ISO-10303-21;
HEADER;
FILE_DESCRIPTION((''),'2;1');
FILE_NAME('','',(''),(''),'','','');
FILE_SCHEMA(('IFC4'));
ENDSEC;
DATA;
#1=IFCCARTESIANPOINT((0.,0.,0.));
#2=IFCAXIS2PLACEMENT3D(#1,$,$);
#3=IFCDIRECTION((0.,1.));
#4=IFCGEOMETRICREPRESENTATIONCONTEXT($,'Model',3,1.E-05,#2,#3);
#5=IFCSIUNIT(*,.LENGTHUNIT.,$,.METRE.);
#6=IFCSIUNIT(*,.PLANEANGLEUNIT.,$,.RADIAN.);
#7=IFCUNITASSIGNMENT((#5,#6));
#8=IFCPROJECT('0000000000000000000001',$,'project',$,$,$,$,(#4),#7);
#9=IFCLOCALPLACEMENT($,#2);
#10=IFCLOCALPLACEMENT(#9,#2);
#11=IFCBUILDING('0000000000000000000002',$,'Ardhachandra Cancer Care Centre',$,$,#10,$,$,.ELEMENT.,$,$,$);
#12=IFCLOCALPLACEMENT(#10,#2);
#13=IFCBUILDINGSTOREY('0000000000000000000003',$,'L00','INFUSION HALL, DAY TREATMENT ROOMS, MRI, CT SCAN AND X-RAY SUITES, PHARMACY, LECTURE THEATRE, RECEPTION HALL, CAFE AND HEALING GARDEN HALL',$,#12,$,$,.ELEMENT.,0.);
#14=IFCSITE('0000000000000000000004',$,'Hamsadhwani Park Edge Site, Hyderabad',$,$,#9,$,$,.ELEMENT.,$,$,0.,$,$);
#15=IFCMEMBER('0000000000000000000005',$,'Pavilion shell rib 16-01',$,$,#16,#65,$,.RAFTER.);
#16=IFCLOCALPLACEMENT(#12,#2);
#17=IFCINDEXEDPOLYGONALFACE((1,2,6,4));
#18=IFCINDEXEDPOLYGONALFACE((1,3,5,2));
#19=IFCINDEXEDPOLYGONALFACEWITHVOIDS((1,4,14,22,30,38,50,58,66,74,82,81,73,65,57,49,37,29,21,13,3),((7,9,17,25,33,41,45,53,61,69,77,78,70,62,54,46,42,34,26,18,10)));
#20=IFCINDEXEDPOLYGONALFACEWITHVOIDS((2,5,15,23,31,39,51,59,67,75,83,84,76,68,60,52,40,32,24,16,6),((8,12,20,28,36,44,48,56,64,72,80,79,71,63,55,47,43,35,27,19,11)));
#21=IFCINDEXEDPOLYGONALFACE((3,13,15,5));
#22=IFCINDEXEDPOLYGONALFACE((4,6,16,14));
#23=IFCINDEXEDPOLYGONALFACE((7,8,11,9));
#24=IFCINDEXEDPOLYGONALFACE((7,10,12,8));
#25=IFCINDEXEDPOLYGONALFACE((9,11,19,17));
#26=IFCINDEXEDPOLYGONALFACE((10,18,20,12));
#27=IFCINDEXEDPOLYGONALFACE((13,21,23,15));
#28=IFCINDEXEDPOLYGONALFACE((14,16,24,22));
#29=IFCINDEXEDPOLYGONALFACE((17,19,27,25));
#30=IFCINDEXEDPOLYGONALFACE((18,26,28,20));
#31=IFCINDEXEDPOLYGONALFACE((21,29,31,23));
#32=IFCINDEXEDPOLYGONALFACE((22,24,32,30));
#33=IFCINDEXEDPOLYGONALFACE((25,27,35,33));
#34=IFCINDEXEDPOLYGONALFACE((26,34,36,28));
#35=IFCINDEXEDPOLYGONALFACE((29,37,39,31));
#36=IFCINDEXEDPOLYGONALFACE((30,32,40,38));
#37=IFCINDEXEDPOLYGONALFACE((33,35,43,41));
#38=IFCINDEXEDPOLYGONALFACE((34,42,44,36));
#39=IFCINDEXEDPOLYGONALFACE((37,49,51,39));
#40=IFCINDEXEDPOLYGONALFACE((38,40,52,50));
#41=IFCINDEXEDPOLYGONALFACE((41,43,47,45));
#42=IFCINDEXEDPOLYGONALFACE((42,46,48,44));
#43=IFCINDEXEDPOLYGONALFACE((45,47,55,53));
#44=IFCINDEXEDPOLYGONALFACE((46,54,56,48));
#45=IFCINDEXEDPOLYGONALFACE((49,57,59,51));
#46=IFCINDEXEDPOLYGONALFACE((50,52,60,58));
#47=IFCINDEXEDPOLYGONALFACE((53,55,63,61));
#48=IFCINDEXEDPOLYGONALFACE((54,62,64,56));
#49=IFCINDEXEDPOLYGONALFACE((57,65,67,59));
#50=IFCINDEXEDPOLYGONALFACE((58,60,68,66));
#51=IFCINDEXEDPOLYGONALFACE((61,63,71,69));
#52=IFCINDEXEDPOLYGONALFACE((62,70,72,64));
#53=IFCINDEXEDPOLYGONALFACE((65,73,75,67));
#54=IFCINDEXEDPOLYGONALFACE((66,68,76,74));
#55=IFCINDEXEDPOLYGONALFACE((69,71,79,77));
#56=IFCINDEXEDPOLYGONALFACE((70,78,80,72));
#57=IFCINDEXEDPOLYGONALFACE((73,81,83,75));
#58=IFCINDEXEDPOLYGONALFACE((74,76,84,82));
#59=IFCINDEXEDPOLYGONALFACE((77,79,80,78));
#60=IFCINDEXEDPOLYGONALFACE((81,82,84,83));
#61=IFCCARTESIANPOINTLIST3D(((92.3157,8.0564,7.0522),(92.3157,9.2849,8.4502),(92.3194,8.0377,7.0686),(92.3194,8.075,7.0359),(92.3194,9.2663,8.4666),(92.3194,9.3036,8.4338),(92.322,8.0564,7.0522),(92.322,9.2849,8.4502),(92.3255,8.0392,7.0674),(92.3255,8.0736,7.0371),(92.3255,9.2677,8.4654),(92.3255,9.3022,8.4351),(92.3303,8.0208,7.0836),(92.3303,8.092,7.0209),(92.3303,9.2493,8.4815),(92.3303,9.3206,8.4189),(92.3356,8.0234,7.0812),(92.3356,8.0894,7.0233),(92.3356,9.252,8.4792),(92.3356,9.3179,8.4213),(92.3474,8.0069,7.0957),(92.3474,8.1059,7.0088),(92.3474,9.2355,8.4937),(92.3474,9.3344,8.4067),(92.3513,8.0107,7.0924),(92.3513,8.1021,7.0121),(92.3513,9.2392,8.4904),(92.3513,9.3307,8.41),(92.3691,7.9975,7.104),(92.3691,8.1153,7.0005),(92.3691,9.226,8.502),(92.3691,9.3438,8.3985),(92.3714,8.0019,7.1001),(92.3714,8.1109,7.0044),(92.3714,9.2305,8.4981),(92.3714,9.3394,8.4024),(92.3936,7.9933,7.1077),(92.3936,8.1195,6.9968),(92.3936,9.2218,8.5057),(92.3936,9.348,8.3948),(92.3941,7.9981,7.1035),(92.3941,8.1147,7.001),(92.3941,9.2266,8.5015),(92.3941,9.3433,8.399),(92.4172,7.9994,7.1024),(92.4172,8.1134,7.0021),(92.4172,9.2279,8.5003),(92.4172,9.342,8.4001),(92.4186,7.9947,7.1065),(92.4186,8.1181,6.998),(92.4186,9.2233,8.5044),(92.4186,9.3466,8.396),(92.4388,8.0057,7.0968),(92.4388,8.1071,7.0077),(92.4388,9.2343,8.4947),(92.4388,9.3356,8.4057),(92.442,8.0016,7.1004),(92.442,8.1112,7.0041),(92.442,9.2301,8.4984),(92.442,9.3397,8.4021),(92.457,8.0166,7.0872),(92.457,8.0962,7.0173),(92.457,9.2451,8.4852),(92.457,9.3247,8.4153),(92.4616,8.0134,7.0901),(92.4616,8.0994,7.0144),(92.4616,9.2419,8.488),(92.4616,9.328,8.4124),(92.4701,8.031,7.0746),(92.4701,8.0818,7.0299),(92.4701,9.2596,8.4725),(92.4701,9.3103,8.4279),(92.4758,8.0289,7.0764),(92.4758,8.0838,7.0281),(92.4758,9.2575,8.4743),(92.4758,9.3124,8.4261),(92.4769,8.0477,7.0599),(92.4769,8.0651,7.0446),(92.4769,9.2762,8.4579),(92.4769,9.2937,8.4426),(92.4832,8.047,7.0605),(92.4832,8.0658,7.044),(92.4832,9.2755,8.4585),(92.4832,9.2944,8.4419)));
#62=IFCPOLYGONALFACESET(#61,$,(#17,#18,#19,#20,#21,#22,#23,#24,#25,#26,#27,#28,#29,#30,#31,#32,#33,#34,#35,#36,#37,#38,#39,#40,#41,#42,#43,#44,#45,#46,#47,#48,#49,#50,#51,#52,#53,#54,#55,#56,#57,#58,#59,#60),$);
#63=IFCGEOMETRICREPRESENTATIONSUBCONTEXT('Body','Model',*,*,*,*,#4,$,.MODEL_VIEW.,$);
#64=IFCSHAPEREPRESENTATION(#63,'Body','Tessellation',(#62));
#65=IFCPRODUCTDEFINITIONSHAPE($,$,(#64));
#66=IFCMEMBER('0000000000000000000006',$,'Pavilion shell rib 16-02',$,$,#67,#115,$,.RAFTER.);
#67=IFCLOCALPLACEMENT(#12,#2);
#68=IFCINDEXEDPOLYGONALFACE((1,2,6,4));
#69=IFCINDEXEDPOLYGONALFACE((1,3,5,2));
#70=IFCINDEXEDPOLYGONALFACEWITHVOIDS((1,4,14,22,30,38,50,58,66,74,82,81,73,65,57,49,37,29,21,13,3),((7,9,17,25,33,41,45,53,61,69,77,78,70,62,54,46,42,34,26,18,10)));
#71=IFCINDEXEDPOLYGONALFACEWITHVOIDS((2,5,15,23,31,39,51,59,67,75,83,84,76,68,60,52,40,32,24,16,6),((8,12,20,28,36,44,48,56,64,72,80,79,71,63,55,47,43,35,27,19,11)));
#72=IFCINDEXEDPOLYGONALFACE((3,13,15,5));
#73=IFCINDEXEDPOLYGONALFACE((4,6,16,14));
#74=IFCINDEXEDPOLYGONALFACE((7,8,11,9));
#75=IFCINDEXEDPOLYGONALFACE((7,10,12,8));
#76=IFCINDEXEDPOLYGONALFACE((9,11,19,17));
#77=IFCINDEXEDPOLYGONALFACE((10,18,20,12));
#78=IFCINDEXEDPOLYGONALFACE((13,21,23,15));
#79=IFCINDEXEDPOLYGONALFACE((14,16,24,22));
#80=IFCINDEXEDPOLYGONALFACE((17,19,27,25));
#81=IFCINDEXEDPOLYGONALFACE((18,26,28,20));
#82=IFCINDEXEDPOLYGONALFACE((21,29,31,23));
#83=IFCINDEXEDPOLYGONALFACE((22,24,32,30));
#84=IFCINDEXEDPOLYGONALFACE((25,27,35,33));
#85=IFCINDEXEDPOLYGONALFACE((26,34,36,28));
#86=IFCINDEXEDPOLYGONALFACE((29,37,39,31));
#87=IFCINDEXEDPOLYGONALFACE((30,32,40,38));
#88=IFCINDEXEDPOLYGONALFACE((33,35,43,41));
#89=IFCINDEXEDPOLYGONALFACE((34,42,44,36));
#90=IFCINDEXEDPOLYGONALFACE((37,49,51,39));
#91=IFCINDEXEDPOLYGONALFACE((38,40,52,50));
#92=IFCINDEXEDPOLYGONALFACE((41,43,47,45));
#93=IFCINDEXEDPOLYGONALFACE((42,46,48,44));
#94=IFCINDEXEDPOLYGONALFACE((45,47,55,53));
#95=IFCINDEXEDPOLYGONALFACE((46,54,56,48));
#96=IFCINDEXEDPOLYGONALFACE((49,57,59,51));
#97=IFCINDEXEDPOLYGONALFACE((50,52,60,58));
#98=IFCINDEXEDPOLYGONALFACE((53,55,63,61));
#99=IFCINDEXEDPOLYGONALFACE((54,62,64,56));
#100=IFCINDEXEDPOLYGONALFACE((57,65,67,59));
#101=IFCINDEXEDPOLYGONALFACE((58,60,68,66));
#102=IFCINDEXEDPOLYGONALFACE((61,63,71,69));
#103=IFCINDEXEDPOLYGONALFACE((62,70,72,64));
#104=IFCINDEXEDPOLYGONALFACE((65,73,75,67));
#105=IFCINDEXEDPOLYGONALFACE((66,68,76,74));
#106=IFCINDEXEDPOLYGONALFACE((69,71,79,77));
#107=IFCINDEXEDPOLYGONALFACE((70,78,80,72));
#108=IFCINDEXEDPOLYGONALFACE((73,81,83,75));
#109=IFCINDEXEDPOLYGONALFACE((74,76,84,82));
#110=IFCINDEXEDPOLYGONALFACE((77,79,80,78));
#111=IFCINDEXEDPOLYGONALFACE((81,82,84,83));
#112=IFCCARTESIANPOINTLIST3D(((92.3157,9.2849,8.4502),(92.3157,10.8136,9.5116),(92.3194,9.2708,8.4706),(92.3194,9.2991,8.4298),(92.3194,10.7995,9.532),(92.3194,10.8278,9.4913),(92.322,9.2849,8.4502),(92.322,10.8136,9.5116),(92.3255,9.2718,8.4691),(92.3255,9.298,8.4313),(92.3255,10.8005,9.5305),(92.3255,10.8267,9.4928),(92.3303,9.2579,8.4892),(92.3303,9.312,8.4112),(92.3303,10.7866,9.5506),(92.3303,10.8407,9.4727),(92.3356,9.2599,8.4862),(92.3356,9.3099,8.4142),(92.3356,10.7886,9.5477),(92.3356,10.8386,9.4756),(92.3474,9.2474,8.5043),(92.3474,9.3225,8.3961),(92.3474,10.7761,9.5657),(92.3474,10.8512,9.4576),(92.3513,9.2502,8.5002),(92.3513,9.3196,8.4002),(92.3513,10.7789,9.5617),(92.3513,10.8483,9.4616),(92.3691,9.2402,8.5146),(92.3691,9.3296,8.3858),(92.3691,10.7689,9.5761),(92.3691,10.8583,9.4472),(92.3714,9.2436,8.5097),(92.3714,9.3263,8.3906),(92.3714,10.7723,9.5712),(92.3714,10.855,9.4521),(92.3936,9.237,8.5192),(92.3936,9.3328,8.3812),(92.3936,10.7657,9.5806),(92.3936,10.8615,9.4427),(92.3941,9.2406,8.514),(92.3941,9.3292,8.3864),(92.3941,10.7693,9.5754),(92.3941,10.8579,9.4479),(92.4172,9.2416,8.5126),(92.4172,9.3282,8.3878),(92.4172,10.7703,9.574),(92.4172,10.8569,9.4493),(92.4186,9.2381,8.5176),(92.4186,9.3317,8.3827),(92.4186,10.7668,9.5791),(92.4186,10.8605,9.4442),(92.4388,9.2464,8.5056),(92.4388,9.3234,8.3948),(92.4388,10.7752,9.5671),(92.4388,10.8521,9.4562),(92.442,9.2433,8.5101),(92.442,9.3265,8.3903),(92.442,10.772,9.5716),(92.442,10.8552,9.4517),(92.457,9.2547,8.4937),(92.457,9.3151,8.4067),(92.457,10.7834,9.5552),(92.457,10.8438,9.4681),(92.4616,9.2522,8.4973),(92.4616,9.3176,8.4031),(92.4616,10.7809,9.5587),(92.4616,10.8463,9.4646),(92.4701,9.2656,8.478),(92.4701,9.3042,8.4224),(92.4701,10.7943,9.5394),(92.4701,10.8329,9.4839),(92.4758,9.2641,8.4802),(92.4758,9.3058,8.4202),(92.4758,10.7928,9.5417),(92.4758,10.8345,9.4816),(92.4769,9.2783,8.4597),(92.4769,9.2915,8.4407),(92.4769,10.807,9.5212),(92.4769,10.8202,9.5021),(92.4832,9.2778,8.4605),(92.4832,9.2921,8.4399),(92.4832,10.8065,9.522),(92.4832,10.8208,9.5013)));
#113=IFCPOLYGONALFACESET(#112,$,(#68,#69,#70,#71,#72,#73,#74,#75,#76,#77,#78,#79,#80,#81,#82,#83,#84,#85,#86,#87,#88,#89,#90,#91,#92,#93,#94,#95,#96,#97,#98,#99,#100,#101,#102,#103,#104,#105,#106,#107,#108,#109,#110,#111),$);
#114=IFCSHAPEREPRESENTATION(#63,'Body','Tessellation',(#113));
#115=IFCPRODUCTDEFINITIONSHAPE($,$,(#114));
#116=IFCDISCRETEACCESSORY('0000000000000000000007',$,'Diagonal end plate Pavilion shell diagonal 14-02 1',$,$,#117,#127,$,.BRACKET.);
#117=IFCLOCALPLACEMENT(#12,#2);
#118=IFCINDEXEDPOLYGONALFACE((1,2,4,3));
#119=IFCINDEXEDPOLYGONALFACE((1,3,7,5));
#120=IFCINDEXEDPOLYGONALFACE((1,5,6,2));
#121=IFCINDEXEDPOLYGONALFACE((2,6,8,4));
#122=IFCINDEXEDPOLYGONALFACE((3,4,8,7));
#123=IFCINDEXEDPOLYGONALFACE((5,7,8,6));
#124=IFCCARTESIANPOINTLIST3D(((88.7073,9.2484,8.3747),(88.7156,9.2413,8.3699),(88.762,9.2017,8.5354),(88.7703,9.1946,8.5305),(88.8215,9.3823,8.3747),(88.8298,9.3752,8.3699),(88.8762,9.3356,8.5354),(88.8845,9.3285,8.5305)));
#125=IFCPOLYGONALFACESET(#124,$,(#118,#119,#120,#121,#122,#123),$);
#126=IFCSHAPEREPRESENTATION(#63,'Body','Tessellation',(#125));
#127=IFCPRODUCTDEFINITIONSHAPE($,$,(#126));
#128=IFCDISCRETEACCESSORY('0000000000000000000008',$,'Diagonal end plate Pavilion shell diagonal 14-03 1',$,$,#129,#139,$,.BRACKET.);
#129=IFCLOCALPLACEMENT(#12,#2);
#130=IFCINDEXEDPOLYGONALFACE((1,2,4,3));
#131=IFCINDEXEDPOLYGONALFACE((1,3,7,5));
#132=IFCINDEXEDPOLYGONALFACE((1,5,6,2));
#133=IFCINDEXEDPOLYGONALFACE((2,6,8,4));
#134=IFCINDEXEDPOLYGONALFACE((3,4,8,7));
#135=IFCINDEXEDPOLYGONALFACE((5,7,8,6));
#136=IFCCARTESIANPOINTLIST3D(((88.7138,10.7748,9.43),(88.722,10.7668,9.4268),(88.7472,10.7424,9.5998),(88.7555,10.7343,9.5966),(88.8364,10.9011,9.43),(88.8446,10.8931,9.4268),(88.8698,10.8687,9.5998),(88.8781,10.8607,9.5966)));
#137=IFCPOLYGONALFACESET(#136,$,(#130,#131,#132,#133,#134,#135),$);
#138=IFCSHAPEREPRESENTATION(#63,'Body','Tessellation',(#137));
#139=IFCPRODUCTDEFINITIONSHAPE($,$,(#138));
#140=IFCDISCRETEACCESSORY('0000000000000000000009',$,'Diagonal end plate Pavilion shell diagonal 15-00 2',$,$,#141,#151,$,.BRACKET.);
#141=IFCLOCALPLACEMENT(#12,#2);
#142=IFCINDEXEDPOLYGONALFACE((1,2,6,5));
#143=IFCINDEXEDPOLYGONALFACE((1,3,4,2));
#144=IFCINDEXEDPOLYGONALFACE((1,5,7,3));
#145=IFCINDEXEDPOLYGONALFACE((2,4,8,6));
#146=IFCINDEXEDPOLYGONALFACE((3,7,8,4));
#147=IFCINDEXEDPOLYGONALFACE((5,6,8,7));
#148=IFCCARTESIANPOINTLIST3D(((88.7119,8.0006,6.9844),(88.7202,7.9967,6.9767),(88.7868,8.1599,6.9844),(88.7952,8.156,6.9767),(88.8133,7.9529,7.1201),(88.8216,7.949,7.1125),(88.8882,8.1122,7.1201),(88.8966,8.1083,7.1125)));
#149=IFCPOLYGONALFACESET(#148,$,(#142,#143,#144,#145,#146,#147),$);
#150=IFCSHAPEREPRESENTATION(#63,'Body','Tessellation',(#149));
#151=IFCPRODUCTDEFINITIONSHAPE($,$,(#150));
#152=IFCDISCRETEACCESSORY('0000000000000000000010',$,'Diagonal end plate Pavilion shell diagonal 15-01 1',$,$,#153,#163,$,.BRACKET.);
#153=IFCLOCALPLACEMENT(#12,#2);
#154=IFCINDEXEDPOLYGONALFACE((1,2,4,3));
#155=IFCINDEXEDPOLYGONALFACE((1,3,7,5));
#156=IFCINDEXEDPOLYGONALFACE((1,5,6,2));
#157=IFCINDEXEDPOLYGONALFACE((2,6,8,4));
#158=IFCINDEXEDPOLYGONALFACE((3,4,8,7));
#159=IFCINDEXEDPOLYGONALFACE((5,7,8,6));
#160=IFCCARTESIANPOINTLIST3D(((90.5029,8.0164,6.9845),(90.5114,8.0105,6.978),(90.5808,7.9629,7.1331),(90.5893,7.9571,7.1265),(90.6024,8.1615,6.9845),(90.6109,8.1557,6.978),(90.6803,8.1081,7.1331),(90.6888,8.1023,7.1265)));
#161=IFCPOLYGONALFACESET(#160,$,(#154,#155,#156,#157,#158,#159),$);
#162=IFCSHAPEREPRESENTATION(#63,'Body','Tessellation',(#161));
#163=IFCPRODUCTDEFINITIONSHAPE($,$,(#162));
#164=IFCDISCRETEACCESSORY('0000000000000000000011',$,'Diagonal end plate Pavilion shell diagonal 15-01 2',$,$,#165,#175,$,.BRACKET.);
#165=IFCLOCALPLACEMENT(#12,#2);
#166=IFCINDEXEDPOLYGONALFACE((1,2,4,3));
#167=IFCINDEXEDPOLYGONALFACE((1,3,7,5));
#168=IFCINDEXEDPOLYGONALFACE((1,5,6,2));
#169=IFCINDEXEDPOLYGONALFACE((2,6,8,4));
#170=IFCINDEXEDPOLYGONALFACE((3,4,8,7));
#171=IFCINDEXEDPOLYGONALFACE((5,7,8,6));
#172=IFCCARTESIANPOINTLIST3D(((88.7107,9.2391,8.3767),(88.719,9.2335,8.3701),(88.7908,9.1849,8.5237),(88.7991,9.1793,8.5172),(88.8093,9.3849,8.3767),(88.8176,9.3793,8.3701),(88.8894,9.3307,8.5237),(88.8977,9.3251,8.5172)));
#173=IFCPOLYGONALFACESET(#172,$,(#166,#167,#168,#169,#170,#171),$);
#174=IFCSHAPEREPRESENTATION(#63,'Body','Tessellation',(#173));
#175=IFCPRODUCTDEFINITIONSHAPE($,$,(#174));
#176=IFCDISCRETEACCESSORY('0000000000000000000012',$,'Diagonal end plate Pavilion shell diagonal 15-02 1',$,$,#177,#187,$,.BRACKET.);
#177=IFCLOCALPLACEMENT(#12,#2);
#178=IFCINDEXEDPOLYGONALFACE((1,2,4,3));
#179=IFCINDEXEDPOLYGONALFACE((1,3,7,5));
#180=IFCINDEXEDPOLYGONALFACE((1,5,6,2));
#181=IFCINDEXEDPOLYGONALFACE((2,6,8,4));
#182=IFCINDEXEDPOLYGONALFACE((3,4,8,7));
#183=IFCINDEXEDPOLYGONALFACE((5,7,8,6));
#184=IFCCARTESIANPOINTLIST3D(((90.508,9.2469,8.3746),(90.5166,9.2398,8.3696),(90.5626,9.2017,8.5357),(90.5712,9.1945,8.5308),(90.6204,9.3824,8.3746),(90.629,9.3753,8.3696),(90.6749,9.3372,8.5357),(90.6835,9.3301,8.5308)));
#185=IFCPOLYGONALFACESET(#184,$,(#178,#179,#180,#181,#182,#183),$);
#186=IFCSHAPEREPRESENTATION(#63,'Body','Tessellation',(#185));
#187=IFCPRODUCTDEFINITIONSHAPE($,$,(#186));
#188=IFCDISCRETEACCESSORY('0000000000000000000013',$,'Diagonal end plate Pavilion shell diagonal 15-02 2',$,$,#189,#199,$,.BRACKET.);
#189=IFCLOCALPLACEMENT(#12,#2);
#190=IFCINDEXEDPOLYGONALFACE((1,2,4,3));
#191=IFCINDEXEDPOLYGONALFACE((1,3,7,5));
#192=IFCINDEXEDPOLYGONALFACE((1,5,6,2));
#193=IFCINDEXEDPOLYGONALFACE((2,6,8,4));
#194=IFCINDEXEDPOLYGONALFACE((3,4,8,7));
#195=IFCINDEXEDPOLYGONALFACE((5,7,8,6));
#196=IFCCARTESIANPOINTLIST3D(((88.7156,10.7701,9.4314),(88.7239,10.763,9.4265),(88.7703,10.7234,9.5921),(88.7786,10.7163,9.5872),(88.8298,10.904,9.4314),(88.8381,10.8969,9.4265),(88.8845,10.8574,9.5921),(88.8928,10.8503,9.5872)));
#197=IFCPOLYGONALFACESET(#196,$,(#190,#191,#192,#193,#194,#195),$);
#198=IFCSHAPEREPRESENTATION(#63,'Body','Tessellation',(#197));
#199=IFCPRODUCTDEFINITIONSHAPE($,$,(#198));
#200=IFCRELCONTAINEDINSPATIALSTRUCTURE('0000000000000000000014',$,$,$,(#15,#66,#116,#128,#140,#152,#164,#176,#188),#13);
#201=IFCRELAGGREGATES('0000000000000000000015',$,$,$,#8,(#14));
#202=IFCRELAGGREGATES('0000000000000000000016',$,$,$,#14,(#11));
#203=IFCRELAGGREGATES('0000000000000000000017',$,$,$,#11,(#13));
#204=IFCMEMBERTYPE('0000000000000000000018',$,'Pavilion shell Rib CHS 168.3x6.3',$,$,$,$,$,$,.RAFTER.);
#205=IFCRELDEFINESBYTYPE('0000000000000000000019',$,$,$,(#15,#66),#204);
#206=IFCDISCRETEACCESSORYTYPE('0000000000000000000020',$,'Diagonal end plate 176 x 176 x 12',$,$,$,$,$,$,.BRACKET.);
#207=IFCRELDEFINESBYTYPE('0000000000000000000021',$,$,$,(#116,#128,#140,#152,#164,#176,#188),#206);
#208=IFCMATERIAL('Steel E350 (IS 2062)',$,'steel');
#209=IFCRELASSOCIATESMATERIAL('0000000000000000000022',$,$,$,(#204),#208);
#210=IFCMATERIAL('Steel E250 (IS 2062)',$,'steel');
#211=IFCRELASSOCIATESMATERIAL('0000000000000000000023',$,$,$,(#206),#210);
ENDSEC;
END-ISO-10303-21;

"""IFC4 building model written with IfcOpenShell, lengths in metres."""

from ifc_helpers import new_model, si_unit, direction, frame, origin, origin_2d, place, context, subcontext, project, spatial, rectangle, hollow_circle, extrude, material, material_profile, profile_set, type_object, element, save


model = new_model("IFC4")

# Units and contexts
model_context = context("Model", 3, precision=1e-05, world=origin(), true_north=direction((0.0, 1.0)))
body_context = subcontext(model_context, "Body", "Model", "MODEL_VIEW")
ifc_project = project(units=[si_unit("LENGTHUNIT", "METRE"), si_unit("PLANEANGLEUNIT", "RADIAN")], contexts=[model_context])

# Site, building, storey
site_placement = place(None, origin())
site = spatial("IfcSite", under=ifc_project, at=site_placement, Name="Hamsadhwani Park Edge Site, Hyderabad", CompositionType="ELEMENT", RefElevation=0.0)
building_placement = place(site_placement, origin())
building = spatial("IfcBuilding", under=site, at=building_placement, Name="Ardhachandra Cancer Care Centre", CompositionType="ELEMENT")
storey_placement = place(building_placement, origin())
storey = spatial("IfcBuildingStorey", under=building, at=storey_placement, Name="L00", Description="INFUSION HALL, DAY TREATMENT ROOMS, MRI, CT SCAN AND X-RAY SUITES, PHARMACY, LECTURE THEATRE, RECEPTION HALL, CAFE AND HEALING GARDEN HALL", CompositionType="ELEMENT", Elevation=0.0)

# Members
ifc_material_1 = material(Name="Steel E350 (IS 2062)", Category="steel")
ifc_material_profile_1 = material_profile(ifc_material_1, hollow_circle(Radius=0.0842, WallThickness=0.0063, at=origin_2d()), Name="CHS 168.3x6.3")
ifc_profile_set_1 = profile_set([ifc_material_profile_1], Name="Steel E350 (IS 2062)")
member_type_1 = type_object("IfcMemberType", Name="Pavilion shell Rib CHS 168.3x6.3", PredefinedType="RAFTER", material=ifc_profile_set_1)
for number, where, z_axis, x_axis, name in (
    (1, (92.3999, 8.0564, 7.0522), (0.0, 0.660119, 0.751161), (-1.0, 0.0, 0.0), "Pavilion shell rib 16-01"),
    (2, (92.3999, 9.2849, 8.4502), (0.0, 0.821408, 0.570342), (-1.0, 0.0, 0.0), "Pavilion shell rib 16-02"),
):
    element("IfcMember", number, at=place(storey_placement, frame(where, z_axis=z_axis, x_axis=x_axis)), inside=storey, type_object=member_type_1, Name=name, PredefinedType="RAFTER", context=body_context, shape_type="SweptSolid", body=[
        extrude(hollow_circle(Radius=0.0842, WallThickness=0.0063, at=origin_2d()), origin(), (0.0, 0.0, 1.0), 1.8611),
    ])

# Discrete accessories
ifc_material_2 = material(Name="Steel E250 (IS 2062)", Category="steel")
ifc_material_profile_2 = material_profile(ifc_material_2, rectangle(XDim=0.176, YDim=0.176, at=origin_2d()), Name="PL 176x176x12")
ifc_profile_set_2 = profile_set([ifc_material_profile_2], Name="Steel E250 (IS 2062)")
discrete_accessory_type = type_object("IfcDiscreteAccessoryType", Name="Diagonal end plate 176 x 176 x 12", PredefinedType="BRACKET", material=ifc_profile_set_2)
for number, where, z_axis, x_axis, name in (
    (3, (88.8, 9.2849, 8.4502), (-0.694456, 0.59233, 0.408504), (-0.648947, -0.760834, 0.0), "Diagonal end plate Pavilion shell diagonal 14-02 1"),
    (4, (88.8, 10.8137, 9.5117), (-0.692007, 0.671654, 0.264591), (-0.696475, -0.717581, 0.0), "Diagonal end plate Pavilion shell diagonal 14-03 1"),
    (5, (88.8, 8.0564, 7.0522), (0.697959, -0.328451, -0.636375), (0.425797, 0.904819, 0.0), "Diagonal end plate Pavilion shell diagonal 15-00 2"),
):
    element("IfcDiscreteAccessory", number, at=place(storey_placement, frame(where, z_axis=z_axis, x_axis=x_axis)), inside=storey, type_object=discrete_accessory_type, Name=name, PredefinedType="BRACKET", context=body_context, shape_type="SweptSolid", body=[
        extrude(rectangle(XDim=0.176, YDim=0.176, at=origin_2d()), origin(), (0.0, 0.0, 1.0), 0.012),
    ])
discrete_accessory_1_placement = place(storey_placement, frame((90.6001, 8.0564, 7.0522), z_axis=(-0.695837, 0.477146, 0.536789), x_axis=(-0.565528, -0.824729, 0.0)))
element("IfcDiscreteAccessory", 6, at=discrete_accessory_1_placement, inside=storey, type_object=discrete_accessory_type, Name="Diagonal end plate Pavilion shell diagonal 15-01 1", PredefinedType="BRACKET", context=body_context, shape_type="SweptSolid", body=[
    extrude(rectangle(XDim=0.176, YDim=0.176, at=origin_2d()), origin(), (0.0, 0.0, 1.0), 0.0122),
])
discrete_accessory_2_placement = place(storey_placement, frame((88.8, 9.2849, 8.4502), z_axis=(0.692007, -0.468122, -0.549535), x_axis=(0.560309, 0.828283, 0.0)))
element("IfcDiscreteAccessory", 7, at=discrete_accessory_2_placement, inside=storey, type_object=discrete_accessory_type, Name="Diagonal end plate Pavilion shell diagonal 15-01 2", PredefinedType="BRACKET", context=body_context, shape_type="SweptSolid", body=[
    extrude(rectangle(XDim=0.176, YDim=0.176, at=origin_2d()), origin(), (0.0, 0.0, 1.0), 0.012),
])
discrete_accessory_3_placement = place(storey_placement, frame((90.6001, 9.2849, 8.4502), z_axis=(-0.704809, 0.583985, 0.402748), x_axis=(-0.638018, -0.770022, 0.0)))
element("IfcDiscreteAccessory", 8, at=discrete_accessory_3_placement, inside=storey, type_object=discrete_accessory_type, Name="Diagonal end plate Pavilion shell diagonal 15-02 1", PredefinedType="BRACKET", context=body_context, shape_type="SweptSolid", body=[
    extrude(rectangle(XDim=0.176, YDim=0.176, at=origin_2d()), origin(), (0.0, 0.0, 1.0), 0.0122),
])
for number, where, z_axis, x_axis, name in (
    (9, (88.8, 10.8137, 9.5117), (0.694456, -0.59233, -0.408504), (0.648947, 0.760834, 0.0), "Diagonal end plate Pavilion shell diagonal 15-02 2"),
):
    element("IfcDiscreteAccessory", number, at=place(storey_placement, frame(where, z_axis=z_axis, x_axis=x_axis)), inside=storey, type_object=discrete_accessory_type, Name=name, PredefinedType="BRACKET", context=body_context, shape_type="SweptSolid", body=[
        extrude(rectangle(XDim=0.176, YDim=0.176, at=origin_2d()), origin(), (0.0, 0.0, 1.0), 0.012),
    ])

save(model, "model.ifc")
